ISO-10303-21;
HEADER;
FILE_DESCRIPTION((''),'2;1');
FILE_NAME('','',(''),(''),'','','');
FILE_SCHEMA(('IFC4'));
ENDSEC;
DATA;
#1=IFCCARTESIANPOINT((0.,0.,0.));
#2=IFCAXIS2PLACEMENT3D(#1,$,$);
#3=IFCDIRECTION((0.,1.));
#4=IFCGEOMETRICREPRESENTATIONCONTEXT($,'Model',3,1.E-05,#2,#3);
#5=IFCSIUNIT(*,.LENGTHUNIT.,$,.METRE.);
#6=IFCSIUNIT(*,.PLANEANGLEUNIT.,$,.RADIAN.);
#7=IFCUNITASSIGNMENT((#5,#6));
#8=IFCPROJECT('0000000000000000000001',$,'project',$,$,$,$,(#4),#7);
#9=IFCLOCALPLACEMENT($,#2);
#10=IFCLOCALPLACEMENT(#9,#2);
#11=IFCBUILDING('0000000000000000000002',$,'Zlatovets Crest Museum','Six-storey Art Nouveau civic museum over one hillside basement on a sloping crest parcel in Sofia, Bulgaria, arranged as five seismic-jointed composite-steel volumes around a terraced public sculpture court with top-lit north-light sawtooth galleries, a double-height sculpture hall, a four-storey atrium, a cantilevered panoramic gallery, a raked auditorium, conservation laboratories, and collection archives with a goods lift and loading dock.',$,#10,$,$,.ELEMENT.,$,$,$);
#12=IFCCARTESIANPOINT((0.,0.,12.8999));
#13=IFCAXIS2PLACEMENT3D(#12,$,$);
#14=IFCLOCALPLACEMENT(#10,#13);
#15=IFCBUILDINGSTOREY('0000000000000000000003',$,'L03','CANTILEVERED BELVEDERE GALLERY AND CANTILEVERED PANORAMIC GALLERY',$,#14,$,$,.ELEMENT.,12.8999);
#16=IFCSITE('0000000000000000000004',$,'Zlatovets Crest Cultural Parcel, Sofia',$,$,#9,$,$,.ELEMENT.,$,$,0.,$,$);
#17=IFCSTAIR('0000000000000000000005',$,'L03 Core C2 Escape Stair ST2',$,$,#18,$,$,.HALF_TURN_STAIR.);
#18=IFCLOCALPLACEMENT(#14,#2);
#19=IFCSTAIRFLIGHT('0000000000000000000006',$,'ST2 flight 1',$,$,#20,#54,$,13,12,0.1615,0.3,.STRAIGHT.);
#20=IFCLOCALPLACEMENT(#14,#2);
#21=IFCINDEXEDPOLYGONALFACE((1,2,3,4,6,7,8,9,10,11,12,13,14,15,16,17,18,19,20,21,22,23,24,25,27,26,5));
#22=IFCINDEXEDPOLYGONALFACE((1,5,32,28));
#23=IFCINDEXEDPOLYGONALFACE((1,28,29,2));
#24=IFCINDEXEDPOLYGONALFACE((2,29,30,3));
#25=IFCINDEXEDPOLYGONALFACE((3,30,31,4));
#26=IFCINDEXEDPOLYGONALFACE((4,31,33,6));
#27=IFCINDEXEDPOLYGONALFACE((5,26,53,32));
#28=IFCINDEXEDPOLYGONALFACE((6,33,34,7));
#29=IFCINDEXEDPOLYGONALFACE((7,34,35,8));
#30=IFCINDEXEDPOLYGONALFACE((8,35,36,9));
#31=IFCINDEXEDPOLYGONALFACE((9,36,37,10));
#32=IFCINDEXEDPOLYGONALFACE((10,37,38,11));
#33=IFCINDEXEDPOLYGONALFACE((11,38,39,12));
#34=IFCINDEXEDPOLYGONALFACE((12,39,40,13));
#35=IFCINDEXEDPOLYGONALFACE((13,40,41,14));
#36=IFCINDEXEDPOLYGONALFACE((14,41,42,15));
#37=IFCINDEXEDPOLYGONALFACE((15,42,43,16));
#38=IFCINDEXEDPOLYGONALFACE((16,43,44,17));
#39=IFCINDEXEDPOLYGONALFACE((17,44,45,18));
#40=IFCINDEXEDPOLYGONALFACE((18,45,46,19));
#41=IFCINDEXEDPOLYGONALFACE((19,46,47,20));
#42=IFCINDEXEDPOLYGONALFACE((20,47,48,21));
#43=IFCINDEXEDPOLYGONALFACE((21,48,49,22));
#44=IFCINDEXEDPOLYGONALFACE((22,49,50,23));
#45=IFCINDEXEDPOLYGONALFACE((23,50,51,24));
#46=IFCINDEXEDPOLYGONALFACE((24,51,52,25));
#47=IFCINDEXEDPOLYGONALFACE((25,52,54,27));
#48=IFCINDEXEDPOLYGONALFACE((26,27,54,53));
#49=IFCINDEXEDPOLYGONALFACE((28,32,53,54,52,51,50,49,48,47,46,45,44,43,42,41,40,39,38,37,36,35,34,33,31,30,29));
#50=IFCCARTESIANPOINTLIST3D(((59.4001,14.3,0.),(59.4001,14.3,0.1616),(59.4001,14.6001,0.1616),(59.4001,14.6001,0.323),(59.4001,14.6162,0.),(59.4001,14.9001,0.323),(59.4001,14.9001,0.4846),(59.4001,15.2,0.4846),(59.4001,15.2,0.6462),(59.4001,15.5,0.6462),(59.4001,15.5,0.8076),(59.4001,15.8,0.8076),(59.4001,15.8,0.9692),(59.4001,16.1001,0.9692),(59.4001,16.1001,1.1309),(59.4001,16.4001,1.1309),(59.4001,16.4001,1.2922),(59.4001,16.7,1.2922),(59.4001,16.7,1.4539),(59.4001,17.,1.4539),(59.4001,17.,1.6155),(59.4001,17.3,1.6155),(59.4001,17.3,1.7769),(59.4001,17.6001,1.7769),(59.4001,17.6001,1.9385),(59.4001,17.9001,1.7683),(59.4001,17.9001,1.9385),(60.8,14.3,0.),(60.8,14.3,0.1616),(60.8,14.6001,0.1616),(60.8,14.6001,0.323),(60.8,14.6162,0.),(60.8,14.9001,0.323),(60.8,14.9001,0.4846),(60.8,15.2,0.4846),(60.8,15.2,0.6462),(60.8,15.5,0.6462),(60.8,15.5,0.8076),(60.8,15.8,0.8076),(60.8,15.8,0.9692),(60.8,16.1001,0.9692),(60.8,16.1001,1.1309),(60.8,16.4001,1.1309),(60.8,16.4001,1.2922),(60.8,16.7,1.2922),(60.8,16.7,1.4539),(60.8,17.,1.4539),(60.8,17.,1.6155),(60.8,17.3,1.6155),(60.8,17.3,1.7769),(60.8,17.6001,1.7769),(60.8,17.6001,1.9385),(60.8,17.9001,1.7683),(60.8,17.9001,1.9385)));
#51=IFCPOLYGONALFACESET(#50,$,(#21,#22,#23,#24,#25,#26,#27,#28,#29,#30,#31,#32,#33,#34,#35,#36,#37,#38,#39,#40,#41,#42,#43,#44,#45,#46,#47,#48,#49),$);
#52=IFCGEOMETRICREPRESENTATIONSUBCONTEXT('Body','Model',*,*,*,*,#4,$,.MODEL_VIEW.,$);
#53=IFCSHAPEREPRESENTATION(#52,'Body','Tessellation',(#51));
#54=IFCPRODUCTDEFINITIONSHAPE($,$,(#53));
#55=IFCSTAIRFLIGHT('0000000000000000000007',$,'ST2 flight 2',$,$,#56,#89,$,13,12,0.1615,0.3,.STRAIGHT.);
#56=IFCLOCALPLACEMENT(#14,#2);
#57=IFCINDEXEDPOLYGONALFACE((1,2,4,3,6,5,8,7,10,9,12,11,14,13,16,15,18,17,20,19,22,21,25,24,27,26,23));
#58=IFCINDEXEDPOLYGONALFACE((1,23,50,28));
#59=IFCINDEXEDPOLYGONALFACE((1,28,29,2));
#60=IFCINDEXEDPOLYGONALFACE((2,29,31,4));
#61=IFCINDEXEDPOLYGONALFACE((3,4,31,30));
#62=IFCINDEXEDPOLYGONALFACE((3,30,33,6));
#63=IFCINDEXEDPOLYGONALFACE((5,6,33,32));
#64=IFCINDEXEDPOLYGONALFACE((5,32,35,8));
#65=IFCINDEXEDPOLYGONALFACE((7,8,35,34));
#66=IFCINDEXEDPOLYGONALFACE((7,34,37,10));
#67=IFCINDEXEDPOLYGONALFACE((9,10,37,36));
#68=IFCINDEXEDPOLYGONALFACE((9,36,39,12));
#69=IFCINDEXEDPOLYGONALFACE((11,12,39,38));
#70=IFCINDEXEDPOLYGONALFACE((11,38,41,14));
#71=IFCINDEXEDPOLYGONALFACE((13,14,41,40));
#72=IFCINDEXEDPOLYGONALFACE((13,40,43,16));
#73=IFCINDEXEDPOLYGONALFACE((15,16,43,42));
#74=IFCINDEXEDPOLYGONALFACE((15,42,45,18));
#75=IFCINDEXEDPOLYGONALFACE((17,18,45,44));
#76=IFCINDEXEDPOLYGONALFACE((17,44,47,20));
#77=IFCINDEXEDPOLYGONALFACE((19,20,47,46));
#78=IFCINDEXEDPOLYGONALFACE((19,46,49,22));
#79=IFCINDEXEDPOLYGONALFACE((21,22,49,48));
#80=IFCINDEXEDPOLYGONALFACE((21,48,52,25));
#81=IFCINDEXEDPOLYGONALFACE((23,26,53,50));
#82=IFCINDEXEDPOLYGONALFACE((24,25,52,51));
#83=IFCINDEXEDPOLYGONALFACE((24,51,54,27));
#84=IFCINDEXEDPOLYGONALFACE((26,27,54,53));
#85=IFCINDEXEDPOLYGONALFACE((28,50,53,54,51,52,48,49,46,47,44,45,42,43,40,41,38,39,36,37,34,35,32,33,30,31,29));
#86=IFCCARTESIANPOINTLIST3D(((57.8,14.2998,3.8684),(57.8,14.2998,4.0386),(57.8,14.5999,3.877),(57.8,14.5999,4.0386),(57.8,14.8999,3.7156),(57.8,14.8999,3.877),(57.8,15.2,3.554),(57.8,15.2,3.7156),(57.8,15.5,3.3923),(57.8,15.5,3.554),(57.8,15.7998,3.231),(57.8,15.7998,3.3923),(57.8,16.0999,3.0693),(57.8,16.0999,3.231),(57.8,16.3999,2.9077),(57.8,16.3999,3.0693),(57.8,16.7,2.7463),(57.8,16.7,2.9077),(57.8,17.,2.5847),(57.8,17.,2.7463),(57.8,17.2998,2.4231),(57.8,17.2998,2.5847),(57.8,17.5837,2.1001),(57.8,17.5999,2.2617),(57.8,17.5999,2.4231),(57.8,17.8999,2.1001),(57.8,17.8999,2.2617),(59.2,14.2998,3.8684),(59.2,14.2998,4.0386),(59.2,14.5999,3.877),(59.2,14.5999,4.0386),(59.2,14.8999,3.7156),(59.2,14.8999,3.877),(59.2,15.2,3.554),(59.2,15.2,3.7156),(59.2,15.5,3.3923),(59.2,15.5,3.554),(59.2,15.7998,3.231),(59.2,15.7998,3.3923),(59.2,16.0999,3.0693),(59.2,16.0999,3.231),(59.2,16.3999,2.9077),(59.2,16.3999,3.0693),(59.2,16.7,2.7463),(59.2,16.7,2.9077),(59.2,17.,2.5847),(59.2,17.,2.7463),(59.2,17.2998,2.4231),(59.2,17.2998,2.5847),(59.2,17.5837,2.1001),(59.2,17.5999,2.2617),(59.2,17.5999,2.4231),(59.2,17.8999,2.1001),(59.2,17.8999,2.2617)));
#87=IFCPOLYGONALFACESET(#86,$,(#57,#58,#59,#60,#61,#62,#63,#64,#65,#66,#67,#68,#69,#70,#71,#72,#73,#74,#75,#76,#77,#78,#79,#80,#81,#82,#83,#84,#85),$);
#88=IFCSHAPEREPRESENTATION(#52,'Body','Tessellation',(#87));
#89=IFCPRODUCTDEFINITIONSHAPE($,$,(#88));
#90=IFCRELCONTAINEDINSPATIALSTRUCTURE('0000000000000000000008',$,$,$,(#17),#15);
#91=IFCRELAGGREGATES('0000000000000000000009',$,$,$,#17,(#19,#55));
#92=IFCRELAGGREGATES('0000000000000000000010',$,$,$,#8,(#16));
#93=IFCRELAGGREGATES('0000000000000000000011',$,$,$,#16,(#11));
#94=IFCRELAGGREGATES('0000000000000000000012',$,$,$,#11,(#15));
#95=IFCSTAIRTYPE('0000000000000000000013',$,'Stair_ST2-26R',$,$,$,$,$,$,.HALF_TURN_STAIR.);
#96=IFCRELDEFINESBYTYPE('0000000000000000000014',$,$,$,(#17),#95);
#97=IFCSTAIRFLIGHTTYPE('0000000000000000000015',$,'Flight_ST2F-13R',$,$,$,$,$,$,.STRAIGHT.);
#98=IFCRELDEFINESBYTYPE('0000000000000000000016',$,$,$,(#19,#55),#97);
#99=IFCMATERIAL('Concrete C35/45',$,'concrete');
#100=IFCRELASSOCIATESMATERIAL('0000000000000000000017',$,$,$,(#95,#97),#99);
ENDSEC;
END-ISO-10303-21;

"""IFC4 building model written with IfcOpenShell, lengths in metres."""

from ifc_helpers import new_model, si_unit, direction, frame, origin, place, context, subcontext, project, spatial, polyline, outline, extrude, material, type_object, element, aggregate, save


model = new_model("IFC4")

# Units and contexts
model_context = context("Model", 3, precision=1e-05, world=origin(), true_north=direction((0.0, 1.0)))
body_context = subcontext(model_context, "Body", "Model", "MODEL_VIEW")
ifc_project = project(units=[si_unit("LENGTHUNIT", "METRE"), si_unit("PLANEANGLEUNIT", "RADIAN")], contexts=[model_context])

# Site, building, storey
site_placement = place(None, origin())
site = spatial("IfcSite", under=ifc_project, at=site_placement, Name="Zlatovets Crest Cultural Parcel, Sofia", CompositionType="ELEMENT", RefElevation=0.0)
building_placement = place(site_placement, origin())
building = spatial("IfcBuilding", under=site, at=building_placement, Name="Zlatovets Crest Museum", Description="Six-storey Art Nouveau civic museum over one hillside basement on a sloping crest parcel in Sofia, Bulgaria, arranged as five seismic-jointed composite-steel volumes around a terraced public sculpture court with top-lit north-light sawtooth galleries, a double-height sculpture hall, a four-storey atrium, a cantilevered panoramic gallery, a raked auditorium, conservation laboratories, and collection archives with a goods lift and loading dock.", CompositionType="ELEMENT")
storey_placement = place(building_placement, frame((0.0, 0.0, 12.8999)))
storey = spatial("IfcBuildingStorey", under=building, at=storey_placement, Name="L03", Description="CANTILEVERED BELVEDERE GALLERY AND CANTILEVERED PANORAMIC GALLERY", CompositionType="ELEMENT", Elevation=12.8999)

# Stair, stair flights
ifc_material_1 = material(Name="Concrete C35/45", Category="concrete")
stair_type = type_object("IfcStairType", Name="Stair_ST2-26R", PredefinedType="HALF_TURN_STAIR", material=ifc_material_1)
stair_placement = place(storey_placement, origin())
stair = element("IfcStair", 1, at=stair_placement, inside=storey, type_object=stair_type, Name="L03 Core C2 Escape Stair ST2", PredefinedType="HALF_TURN_STAIR")
stair_flight_type = type_object("IfcStairFlightType", Name="Flight_ST2F-13R", PredefinedType="STRAIGHT", material=ifc_material_1)
stair_flight_1_placement = place(storey_placement, frame((60.1001, 14.3, 0.0), z_axis=(0.0, 0.0, 1.0), x_axis=(0.0, 1.0, 0.0)))
stair_flight_1 = element("IfcStairFlight", 2, at=stair_flight_1_placement, type_object=stair_flight_type, Name="ST2 flight 1", NumberOfRisers=13, NumberOfTreads=12, PredefinedType="STRAIGHT", RiserHeight=0.1615, TreadLength=0.3, context=body_context, shape_type="SweptSolid", body=[
    extrude(outline(polyline([(0.0, 0.0), (0.0, 0.1616), (0.3, 0.1616), (0.3, 0.323), (0.6001, 0.323), (0.6001, 0.4846), (0.8999, 0.4846), (0.8999, 0.6462), (1.2, 0.6462), (1.2, 0.8076), (1.5, 0.8076), (1.5, 0.9692), (1.8, 0.9692), (1.8, 1.1309), (2.1001, 1.1309), (2.1001, 1.2922), (2.3999, 1.2922), (2.3999, 1.4539), (2.7, 1.4539), (2.7, 1.6155), (3.0, 1.6155), (3.0, 1.7769), (3.3, 1.7769), (3.3, 1.9385), (3.6001, 1.9385), (3.6001, 2.1001), (3.6001, 1.7683), (0.3162, 0.0), (0.0, 0.0)])), frame((0.0, 0.7, 0.0), z_axis=(0.0, -1.0, 0.0), x_axis=(1.0, 0.0, 0.0)), (0.0, 0.0, 1.0), 1.3999),
])
stair_flight_2_placement = place(storey_placement, frame((58.5, 17.8999, 2.1001), z_axis=(0.0, 0.0, 1.0), x_axis=(0.0, -1.0, 0.0)))
stair_flight_2 = element("IfcStairFlight", 3, at=stair_flight_2_placement, type_object=stair_flight_type, Name="ST2 flight 2", NumberOfRisers=13, NumberOfTreads=12, PredefinedType="STRAIGHT", RiserHeight=0.1615, TreadLength=0.3, context=body_context, shape_type="SweptSolid", body=[
    extrude(outline(polyline([(0.0, 0.0), (0.0, 0.1616), (0.3, 0.1616), (0.3, 0.323), (0.6001, 0.323), (0.6001, 0.4846), (0.8999, 0.4846), (0.8999, 0.6462), (1.2, 0.6462), (1.2, 0.8076), (1.5, 0.8076), (1.5, 0.9692), (1.8, 0.9692), (1.8, 1.1309), (2.1001, 1.1309), (2.1001, 1.2922), (2.3999, 1.2922), (2.3999, 1.4539), (2.7, 1.4539), (2.7, 1.6155), (3.0, 1.6155), (3.0, 1.7769), (3.3, 1.7769), (3.3, 1.9385), (3.6001, 1.9385), (3.6001, 2.1001), (3.6001, 1.7683), (0.3162, 0.0), (0.0, 0.0)])), frame((0.0, 0.7, 0.0), z_axis=(0.0, -1.0, 0.0), x_axis=(1.0, 0.0, 0.0)), (0.0, 0.0, 1.0), 1.3999),
])
aggregate(stair, [stair_flight_1, stair_flight_2])

save(model, "model.ifc")
